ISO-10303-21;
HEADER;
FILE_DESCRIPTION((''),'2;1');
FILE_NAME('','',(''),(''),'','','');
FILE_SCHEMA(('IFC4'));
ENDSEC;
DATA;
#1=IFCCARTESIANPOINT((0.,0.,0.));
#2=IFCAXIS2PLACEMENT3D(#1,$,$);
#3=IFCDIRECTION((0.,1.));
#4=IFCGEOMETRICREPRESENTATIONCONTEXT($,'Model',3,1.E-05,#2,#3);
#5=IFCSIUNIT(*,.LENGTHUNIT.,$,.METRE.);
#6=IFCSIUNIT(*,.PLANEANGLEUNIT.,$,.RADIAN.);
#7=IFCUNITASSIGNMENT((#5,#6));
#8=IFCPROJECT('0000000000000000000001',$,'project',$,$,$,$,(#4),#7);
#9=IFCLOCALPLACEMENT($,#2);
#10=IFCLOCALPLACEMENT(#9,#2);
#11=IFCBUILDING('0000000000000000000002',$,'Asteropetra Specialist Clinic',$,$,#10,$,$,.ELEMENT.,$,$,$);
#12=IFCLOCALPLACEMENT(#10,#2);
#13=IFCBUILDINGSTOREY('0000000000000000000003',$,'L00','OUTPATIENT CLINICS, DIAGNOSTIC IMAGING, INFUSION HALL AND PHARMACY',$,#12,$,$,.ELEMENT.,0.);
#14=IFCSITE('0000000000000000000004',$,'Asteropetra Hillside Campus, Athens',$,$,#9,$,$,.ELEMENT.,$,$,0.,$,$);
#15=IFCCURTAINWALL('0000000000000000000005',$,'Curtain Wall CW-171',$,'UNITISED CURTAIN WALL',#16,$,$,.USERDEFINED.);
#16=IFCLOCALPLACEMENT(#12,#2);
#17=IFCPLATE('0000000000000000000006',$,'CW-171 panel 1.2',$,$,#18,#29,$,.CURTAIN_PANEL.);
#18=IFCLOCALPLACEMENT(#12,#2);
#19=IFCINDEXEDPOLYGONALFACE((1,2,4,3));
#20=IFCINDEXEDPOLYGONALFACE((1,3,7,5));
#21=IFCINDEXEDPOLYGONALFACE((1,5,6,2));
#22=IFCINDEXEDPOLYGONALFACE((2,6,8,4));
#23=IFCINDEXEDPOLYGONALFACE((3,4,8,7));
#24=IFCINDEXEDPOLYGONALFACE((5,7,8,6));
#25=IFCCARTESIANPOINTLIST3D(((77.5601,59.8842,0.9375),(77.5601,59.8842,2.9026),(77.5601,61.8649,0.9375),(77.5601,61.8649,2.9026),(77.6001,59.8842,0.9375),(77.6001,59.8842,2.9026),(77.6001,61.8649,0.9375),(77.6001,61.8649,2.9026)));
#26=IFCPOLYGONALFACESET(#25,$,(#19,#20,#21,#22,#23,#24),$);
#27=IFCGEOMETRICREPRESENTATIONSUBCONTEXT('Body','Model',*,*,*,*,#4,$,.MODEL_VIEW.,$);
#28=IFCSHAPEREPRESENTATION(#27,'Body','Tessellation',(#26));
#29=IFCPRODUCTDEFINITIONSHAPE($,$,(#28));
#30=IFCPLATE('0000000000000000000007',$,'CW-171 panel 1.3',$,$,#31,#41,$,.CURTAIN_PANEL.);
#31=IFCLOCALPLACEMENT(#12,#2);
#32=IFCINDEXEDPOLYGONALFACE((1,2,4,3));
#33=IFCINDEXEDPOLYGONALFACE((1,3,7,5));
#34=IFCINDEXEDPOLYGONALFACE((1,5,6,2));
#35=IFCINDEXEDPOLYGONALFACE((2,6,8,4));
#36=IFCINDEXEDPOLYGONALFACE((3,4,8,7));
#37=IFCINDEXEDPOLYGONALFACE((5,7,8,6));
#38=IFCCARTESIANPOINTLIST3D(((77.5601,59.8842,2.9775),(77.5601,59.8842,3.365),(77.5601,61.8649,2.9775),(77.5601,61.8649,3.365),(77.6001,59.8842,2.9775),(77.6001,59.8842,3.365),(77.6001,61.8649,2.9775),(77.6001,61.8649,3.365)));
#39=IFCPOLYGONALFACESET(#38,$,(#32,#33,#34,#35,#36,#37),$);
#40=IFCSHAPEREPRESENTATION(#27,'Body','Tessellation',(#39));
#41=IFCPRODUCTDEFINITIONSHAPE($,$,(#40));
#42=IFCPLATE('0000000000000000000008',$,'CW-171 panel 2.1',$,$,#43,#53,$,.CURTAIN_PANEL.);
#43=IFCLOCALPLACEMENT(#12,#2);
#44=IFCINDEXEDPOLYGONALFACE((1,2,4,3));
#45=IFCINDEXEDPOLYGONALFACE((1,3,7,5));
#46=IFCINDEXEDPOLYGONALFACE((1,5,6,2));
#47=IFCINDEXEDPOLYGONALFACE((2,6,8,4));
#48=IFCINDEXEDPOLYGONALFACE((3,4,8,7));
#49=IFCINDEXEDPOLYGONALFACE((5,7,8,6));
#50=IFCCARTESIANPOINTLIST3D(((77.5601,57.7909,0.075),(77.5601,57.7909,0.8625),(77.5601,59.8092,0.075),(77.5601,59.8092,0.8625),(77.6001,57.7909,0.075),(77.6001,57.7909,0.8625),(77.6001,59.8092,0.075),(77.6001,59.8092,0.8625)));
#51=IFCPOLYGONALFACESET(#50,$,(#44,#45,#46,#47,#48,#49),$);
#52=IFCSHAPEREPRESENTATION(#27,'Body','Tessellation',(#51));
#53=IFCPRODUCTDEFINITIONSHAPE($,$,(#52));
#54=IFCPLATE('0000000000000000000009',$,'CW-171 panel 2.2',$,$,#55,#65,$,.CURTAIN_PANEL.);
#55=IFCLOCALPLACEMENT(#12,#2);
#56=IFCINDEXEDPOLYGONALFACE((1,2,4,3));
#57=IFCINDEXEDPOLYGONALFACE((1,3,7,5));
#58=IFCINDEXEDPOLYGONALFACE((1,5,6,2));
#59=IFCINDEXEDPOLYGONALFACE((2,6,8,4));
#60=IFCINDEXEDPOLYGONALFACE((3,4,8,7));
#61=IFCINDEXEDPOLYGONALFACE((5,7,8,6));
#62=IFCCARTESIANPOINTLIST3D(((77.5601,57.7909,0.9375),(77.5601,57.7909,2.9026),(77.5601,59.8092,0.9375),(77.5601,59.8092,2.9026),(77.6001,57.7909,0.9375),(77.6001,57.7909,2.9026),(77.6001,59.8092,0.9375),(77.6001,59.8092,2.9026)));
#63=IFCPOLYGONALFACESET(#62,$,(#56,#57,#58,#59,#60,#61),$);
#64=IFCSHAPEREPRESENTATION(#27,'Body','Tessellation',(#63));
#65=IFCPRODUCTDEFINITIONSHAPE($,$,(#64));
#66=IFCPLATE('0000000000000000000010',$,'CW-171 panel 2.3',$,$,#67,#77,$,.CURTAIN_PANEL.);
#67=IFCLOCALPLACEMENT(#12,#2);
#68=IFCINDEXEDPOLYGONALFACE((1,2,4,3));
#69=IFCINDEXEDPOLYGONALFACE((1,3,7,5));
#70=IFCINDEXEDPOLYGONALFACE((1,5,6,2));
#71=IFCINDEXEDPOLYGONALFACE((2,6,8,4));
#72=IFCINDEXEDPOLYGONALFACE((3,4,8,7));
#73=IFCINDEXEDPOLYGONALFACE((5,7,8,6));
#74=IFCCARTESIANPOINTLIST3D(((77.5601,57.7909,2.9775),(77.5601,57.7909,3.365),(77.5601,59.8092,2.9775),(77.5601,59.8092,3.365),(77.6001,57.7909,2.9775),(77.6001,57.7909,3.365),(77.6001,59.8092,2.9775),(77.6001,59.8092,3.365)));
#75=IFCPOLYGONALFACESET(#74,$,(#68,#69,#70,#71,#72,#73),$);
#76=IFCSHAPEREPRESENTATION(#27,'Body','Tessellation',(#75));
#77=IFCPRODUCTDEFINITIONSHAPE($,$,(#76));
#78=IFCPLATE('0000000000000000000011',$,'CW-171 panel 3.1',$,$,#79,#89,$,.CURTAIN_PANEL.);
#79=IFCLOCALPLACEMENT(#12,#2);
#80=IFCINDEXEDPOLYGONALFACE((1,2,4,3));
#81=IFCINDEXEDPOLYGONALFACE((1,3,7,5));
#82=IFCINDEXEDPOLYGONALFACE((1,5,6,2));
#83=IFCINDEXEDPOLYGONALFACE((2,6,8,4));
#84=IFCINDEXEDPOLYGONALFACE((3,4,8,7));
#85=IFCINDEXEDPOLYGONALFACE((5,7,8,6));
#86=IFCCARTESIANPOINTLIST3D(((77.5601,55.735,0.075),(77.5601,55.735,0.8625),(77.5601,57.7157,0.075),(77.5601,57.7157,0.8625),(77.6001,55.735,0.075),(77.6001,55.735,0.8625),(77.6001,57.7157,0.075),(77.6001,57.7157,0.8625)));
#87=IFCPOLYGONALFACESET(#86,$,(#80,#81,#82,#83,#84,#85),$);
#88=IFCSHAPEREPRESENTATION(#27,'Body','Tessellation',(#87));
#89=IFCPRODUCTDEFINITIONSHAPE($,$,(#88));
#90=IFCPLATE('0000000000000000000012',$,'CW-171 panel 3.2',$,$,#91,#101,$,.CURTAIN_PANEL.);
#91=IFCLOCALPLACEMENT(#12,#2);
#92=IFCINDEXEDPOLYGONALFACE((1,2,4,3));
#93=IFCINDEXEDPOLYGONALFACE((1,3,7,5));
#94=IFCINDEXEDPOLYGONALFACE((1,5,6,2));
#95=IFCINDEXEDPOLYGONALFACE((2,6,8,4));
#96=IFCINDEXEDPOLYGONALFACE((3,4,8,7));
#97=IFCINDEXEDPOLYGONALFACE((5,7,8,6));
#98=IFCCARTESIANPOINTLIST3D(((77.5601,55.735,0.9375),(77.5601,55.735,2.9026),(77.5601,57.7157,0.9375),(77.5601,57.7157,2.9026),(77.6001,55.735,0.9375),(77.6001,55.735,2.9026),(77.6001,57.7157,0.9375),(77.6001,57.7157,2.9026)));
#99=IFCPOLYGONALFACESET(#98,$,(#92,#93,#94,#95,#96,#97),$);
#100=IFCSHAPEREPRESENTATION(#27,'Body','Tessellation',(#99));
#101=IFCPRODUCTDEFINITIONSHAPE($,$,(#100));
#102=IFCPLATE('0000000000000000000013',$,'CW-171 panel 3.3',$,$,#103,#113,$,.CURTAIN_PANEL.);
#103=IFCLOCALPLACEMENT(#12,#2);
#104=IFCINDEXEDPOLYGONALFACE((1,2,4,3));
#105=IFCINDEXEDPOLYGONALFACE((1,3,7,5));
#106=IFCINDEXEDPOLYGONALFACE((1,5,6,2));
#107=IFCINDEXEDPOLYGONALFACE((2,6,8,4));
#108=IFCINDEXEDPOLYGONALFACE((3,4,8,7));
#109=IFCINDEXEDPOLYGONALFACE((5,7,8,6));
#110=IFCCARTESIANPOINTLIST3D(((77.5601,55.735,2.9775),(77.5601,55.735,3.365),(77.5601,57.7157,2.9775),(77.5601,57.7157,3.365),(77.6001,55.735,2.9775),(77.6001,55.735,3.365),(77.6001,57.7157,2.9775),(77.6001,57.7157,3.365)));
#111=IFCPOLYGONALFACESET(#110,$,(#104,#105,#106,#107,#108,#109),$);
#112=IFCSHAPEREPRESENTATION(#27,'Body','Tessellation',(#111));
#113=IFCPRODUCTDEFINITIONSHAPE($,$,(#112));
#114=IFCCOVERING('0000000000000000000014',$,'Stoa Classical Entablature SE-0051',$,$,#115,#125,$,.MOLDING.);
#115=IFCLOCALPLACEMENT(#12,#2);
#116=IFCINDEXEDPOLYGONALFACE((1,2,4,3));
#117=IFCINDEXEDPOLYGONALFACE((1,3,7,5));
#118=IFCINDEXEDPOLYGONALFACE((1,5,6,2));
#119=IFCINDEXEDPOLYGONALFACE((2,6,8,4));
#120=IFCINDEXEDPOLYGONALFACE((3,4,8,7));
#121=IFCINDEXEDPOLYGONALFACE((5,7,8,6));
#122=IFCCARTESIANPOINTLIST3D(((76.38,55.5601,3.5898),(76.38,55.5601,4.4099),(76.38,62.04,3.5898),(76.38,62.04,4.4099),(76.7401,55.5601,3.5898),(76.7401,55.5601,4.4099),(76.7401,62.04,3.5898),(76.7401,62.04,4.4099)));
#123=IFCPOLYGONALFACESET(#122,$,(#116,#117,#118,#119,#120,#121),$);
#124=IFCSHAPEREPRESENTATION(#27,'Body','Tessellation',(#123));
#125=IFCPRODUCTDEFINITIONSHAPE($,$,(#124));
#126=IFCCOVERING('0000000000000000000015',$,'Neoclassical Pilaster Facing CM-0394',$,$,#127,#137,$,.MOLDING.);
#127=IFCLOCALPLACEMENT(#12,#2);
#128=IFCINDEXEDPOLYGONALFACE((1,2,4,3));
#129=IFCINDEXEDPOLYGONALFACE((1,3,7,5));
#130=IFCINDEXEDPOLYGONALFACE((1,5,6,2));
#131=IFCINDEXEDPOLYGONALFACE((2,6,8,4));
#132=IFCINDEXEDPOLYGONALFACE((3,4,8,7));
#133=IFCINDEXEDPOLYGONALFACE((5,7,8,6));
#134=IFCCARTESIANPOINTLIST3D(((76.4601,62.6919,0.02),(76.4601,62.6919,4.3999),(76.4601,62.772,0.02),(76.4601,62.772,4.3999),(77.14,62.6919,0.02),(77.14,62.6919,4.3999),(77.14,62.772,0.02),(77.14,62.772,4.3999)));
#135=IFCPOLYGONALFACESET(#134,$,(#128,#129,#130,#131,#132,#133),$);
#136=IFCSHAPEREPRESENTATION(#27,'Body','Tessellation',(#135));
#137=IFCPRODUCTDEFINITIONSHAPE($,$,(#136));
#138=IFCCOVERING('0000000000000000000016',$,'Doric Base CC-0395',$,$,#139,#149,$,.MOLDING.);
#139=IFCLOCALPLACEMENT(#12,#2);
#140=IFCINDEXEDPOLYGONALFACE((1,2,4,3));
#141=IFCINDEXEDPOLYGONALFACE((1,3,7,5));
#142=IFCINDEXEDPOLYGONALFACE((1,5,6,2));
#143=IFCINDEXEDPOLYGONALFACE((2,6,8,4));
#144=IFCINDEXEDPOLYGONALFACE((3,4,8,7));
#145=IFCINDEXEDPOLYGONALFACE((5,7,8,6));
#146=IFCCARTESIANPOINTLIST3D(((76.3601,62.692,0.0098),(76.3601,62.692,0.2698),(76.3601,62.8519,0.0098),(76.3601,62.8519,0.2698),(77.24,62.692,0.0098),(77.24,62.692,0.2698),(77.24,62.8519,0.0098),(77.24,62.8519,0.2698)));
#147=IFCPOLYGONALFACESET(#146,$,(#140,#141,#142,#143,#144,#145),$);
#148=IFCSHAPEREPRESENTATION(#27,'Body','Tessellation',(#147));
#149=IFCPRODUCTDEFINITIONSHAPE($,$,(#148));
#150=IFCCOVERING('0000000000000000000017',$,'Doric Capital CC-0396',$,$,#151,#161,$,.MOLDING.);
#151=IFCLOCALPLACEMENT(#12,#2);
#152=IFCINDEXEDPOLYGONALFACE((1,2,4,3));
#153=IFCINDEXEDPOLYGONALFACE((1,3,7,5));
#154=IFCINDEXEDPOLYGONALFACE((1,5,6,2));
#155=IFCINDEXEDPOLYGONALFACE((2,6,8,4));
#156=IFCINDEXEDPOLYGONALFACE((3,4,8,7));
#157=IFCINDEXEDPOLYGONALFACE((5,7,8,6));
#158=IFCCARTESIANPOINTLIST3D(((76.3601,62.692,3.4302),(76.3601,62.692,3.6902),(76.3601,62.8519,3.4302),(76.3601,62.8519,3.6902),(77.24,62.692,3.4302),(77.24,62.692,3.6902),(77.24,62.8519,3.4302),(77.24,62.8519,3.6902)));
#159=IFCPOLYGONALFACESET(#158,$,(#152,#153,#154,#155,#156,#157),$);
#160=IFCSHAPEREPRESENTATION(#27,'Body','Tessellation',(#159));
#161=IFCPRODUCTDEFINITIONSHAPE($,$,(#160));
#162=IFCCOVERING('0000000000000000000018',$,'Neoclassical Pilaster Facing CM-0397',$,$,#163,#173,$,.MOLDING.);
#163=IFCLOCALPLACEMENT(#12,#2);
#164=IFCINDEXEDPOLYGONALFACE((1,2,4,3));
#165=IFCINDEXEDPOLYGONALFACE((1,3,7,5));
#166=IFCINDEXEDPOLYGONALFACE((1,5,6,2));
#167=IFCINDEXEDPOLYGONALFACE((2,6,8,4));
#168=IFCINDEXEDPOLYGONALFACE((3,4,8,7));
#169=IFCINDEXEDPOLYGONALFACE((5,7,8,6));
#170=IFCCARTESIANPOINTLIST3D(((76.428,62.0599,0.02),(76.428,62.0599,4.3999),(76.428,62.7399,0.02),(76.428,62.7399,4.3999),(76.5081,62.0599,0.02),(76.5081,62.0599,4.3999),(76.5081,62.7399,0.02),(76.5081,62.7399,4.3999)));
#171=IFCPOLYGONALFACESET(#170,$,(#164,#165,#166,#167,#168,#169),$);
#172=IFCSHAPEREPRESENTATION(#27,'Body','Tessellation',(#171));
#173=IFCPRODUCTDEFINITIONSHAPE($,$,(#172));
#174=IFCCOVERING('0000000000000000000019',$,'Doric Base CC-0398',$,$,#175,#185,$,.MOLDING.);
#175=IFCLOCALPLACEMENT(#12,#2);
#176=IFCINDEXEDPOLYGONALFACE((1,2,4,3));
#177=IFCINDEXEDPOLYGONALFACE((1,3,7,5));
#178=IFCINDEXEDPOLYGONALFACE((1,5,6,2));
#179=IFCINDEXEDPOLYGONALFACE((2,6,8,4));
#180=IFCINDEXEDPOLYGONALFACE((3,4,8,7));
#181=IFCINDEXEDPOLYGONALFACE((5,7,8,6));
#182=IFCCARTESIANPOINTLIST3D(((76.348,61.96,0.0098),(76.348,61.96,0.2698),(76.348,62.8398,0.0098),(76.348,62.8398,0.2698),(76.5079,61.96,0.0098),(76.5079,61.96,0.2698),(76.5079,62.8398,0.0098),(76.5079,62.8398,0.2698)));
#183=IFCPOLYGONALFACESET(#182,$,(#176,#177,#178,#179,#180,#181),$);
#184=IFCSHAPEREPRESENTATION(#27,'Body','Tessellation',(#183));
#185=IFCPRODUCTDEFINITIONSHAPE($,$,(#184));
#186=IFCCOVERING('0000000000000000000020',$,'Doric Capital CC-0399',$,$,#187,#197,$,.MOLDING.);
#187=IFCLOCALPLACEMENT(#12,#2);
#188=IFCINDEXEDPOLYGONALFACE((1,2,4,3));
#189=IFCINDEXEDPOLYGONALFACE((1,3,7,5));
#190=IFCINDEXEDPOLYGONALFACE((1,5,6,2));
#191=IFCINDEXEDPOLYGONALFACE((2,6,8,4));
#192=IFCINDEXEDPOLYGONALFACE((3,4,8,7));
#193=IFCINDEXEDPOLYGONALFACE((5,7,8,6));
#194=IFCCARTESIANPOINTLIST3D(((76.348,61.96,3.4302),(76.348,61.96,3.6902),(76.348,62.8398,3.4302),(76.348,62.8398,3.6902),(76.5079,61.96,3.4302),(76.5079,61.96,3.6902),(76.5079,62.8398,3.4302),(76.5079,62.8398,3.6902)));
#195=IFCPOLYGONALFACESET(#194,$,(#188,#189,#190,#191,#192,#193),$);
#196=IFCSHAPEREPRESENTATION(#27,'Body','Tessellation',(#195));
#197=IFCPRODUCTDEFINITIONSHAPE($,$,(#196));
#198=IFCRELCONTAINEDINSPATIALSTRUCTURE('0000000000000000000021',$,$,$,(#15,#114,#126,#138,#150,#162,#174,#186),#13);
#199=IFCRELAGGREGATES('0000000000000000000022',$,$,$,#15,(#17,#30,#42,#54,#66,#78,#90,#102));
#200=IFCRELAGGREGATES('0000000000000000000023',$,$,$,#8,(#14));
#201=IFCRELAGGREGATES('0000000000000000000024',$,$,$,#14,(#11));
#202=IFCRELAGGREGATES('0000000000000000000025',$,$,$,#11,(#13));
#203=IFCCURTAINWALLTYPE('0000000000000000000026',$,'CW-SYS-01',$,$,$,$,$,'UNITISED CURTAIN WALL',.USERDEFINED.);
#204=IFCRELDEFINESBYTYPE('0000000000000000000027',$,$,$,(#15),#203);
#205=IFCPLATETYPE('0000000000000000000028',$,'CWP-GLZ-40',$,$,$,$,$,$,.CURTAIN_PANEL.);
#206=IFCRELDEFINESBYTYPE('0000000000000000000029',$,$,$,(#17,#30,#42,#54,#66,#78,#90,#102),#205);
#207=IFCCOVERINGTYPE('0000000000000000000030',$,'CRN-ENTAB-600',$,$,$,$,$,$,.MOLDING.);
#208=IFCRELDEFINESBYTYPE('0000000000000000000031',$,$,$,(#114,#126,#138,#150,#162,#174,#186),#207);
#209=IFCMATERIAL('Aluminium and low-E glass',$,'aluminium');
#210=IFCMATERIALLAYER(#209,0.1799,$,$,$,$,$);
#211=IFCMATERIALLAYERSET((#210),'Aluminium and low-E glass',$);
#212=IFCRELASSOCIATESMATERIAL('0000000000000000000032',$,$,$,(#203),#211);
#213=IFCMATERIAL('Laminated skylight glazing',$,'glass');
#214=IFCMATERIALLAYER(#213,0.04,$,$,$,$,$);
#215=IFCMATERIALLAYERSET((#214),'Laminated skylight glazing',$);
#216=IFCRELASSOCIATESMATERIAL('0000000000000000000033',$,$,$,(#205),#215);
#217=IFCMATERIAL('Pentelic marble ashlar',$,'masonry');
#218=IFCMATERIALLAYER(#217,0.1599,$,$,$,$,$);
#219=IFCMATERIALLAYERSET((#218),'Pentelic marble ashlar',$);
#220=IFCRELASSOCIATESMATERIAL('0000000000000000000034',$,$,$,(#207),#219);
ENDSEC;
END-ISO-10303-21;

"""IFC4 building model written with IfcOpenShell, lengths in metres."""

from ifc_helpers import new_model, si_unit, direction, frame, origin, origin_2d, place, context, subcontext, project, spatial, rectangle, extrude, material, layer, layer_set, type_object, element, aggregate, save


model = new_model("IFC4")

# Units and contexts
model_context = context("Model", 3, precision=1e-05, world=origin(), true_north=direction((0.0, 1.0)))
body_context = subcontext(model_context, "Body", "Model", "MODEL_VIEW")
ifc_project = project(units=[si_unit("LENGTHUNIT", "METRE"), si_unit("PLANEANGLEUNIT", "RADIAN")], contexts=[model_context])

# Site, building, storey
site_placement = place(None, origin())
site = spatial("IfcSite", under=ifc_project, at=site_placement, Name="Asteropetra Hillside Campus, Athens", CompositionType="ELEMENT", RefElevation=0.0)
building_placement = place(site_placement, origin())
building = spatial("IfcBuilding", under=site, at=building_placement, Name="Asteropetra Specialist Clinic", CompositionType="ELEMENT")
storey_placement = place(building_placement, origin())
storey = spatial("IfcBuildingStorey", under=building, at=storey_placement, Name="L00", Description="OUTPATIENT CLINICS, DIAGNOSTIC IMAGING, INFUSION HALL AND PHARMACY", CompositionType="ELEMENT", Elevation=0.0)

# Curtain wall
ifc_material_1 = material(Name="Aluminium and low-E glass", Category="aluminium")
ifc_layer_1 = layer(ifc_material_1, 0.1799)
ifc_layer_set_1 = layer_set([ifc_layer_1], Name="Aluminium and low-E glass")
curtain_wall_type_1 = type_object("IfcCurtainWallType", Name="CW-SYS-01", ElementType="UNITISED CURTAIN WALL", PredefinedType="USERDEFINED", material=ifc_layer_set_1)
curtain_wall_1_placement = place(storey_placement, origin())
curtain_wall_1 = element("IfcCurtainWall", 1, at=curtain_wall_1_placement, inside=storey, type_object=curtain_wall_type_1, Name="Curtain Wall CW-171", ObjectType="UNITISED CURTAIN WALL", PredefinedType="USERDEFINED")

# Plates
ifc_material_2 = material(Name="Laminated skylight glazing", Category="glass")
ifc_layer_2 = layer(ifc_material_2, 0.04)
ifc_layer_set_2 = layer_set([ifc_layer_2], Name="Laminated skylight glazing")
plate_type_1 = type_object("IfcPlateType", Name="CWP-GLZ-40", PredefinedType="CURTAIN_PANEL", material=ifc_layer_set_2)
plate_1_placement = place(storey_placement, frame((77.5801, 60.8745, 0.9375), z_axis=(0.0, 0.0, 1.0), x_axis=(0.0, -1.0, 0.0)))
plate_1 = element("IfcPlate", 2, at=plate_1_placement, type_object=plate_type_1, Name="CW-171 panel 1.2", PredefinedType="CURTAIN_PANEL", context=body_context, shape_type="SweptSolid", body=[
    extrude(rectangle(XDim=1.9807, YDim=0.04, at=origin_2d()), origin(), (0.0, 0.0, 1.0), 1.9651),
])
plate_2_placement = place(storey_placement, frame((77.5801, 60.8745, 2.9775), z_axis=(0.0, 0.0, 1.0), x_axis=(0.0, -1.0, 0.0)))
plate_2 = element("IfcPlate", 3, at=plate_2_placement, type_object=plate_type_1, Name="CW-171 panel 1.3", PredefinedType="CURTAIN_PANEL", context=body_context, shape_type="SweptSolid", body=[
    extrude(rectangle(XDim=1.9807, YDim=0.04, at=origin_2d()), origin(), (0.0, 0.0, 1.0), 0.3875),
])
plate_3_placement = place(storey_placement, frame((77.5801, 58.8, 0.075), z_axis=(0.0, 0.0, 1.0), x_axis=(0.0, -1.0, 0.0)))
plate_3 = element("IfcPlate", 4, at=plate_3_placement, type_object=plate_type_1, Name="CW-171 panel 2.1", PredefinedType="CURTAIN_PANEL", context=body_context, shape_type="SweptSolid", body=[
    extrude(rectangle(XDim=2.0183, YDim=0.04, at=origin_2d()), origin(), (0.0, 0.0, 1.0), 0.7876),
])
plate_4_placement = place(storey_placement, frame((77.5801, 58.8, 0.9375), z_axis=(0.0, 0.0, 1.0), x_axis=(0.0, -1.0, 0.0)))
plate_4 = element("IfcPlate", 5, at=plate_4_placement, type_object=plate_type_1, Name="CW-171 panel 2.2", PredefinedType="CURTAIN_PANEL", context=body_context, shape_type="SweptSolid", body=[
    extrude(rectangle(XDim=2.0183, YDim=0.04, at=origin_2d()), origin(), (0.0, 0.0, 1.0), 1.9651),
])
plate_5_placement = place(storey_placement, frame((77.5801, 58.8, 2.9775), z_axis=(0.0, 0.0, 1.0), x_axis=(0.0, -1.0, 0.0)))
plate_5 = element("IfcPlate", 6, at=plate_5_placement, type_object=plate_type_1, Name="CW-171 panel 2.3", PredefinedType="CURTAIN_PANEL", context=body_context, shape_type="SweptSolid", body=[
    extrude(rectangle(XDim=2.0183, YDim=0.04, at=origin_2d()), origin(), (0.0, 0.0, 1.0), 0.3875),
])
plate_6_placement = place(storey_placement, frame((77.5801, 56.7253, 0.075), z_axis=(0.0, 0.0, 1.0), x_axis=(0.0, -1.0, 0.0)))
plate_6 = element("IfcPlate", 7, at=plate_6_placement, type_object=plate_type_1, Name="CW-171 panel 3.1", PredefinedType="CURTAIN_PANEL", context=body_context, shape_type="SweptSolid", body=[
    extrude(rectangle(XDim=1.9807, YDim=0.04, at=origin_2d()), origin(), (0.0, 0.0, 1.0), 0.7876),
])
plate_7_placement = place(storey_placement, frame((77.5801, 56.7253, 0.9375), z_axis=(0.0, 0.0, 1.0), x_axis=(0.0, -1.0, 0.0)))
plate_7 = element("IfcPlate", 8, at=plate_7_placement, type_object=plate_type_1, Name="CW-171 panel 3.2", PredefinedType="CURTAIN_PANEL", context=body_context, shape_type="SweptSolid", body=[
    extrude(rectangle(XDim=1.9807, YDim=0.04, at=origin_2d()), origin(), (0.0, 0.0, 1.0), 1.9651),
])
plate_8_placement = place(storey_placement, frame((77.5801, 56.7253, 2.9775), z_axis=(0.0, 0.0, 1.0), x_axis=(0.0, -1.0, 0.0)))
plate_8 = element("IfcPlate", 9, at=plate_8_placement, type_object=plate_type_1, Name="CW-171 panel 3.3", PredefinedType="CURTAIN_PANEL", context=body_context, shape_type="SweptSolid", body=[
    extrude(rectangle(XDim=1.9807, YDim=0.04, at=origin_2d()), origin(), (0.0, 0.0, 1.0), 0.3875),
])
aggregate(curtain_wall_1, [plate_1, plate_2, plate_3, plate_4, plate_5, plate_6, plate_7, plate_8])

# Coverings
ifc_material_3 = material(Name="Pentelic marble ashlar", Category="masonry")
ifc_layer_3 = layer(ifc_material_3, 0.1599)
ifc_layer_set_3 = layer_set([ifc_layer_3], Name="Pentelic marble ashlar")
covering_type = type_object("IfcCoveringType", Name="CRN-ENTAB-600", PredefinedType="MOLDING", material=ifc_layer_set_3)
covering_1_placement = place(storey_placement, frame((76.5601, 58.8, 3.5898), z_axis=(0.0, 0.0, 1.0), x_axis=(1.0, 0.0, 0.0)))
element("IfcCovering", 10, at=covering_1_placement, inside=storey, type_object=covering_type, Name="Stoa Classical Entablature SE-0051", PredefinedType="MOLDING", context=body_context, shape_type="SweptSolid", body=[
    extrude(rectangle(XDim=0.3601, YDim=6.48, at=origin_2d()), origin(), (0.0, 0.0, 1.0), 0.8201),
])
covering_2_placement = place(storey_placement, frame((76.8, 62.7319, 0.02), z_axis=(0.0, 0.0, 1.0), x_axis=(1.0, 0.0, 0.0)))
element("IfcCovering", 11, at=covering_2_placement, inside=storey, type_object=covering_type, Name="Neoclassical Pilaster Facing CM-0394", PredefinedType="MOLDING", context=body_context, shape_type="SweptSolid", body=[
    extrude(rectangle(XDim=0.6799, YDim=0.0801, at=origin_2d()), origin(), (0.0, 0.0, 1.0), 4.3799),
])
for number, where, z_axis, x_axis, name in (
    (12, (76.8, 62.772, 0.0098), (0.0, 0.0, 1.0), (1.0, 0.0, 0.0), "Doric Base CC-0395"),
    (13, (76.8, 62.772, 3.4302), (0.0, 0.0, 1.0), (1.0, 0.0, 0.0), "Doric Capital CC-0396"),
):
    element("IfcCovering", number, at=place(storey_placement, frame(where, z_axis=z_axis, x_axis=x_axis)), inside=storey, type_object=covering_type, Name=name, PredefinedType="MOLDING", context=body_context, shape_type="SweptSolid", body=[
        extrude(rectangle(XDim=0.8799, YDim=0.1599, at=origin_2d()), origin(), (0.0, 0.0, 1.0), 0.26),
    ])
covering_3_placement = place(storey_placement, frame((76.468, 62.3999, 0.02), z_axis=(0.0, 0.0, 1.0), x_axis=(1.0, 0.0, 0.0)))
element("IfcCovering", 14, at=covering_3_placement, inside=storey, type_object=covering_type, Name="Neoclassical Pilaster Facing CM-0397", PredefinedType="MOLDING", context=body_context, shape_type="SweptSolid", body=[
    extrude(rectangle(XDim=0.0801, YDim=0.6799, at=origin_2d()), origin(), (0.0, 0.0, 1.0), 4.3799),
])
for number, where, z_axis, x_axis, name in (
    (15, (76.428, 62.3999, 0.0098), (0.0, 0.0, 1.0), (1.0, 0.0, 0.0), "Doric Base CC-0398"),
    (16, (76.428, 62.3999, 3.4302), (0.0, 0.0, 1.0), (1.0, 0.0, 0.0), "Doric Capital CC-0399"),
):
    element("IfcCovering", number, at=place(storey_placement, frame(where, z_axis=z_axis, x_axis=x_axis)), inside=storey, type_object=covering_type, Name=name, PredefinedType="MOLDING", context=body_context, shape_type="SweptSolid", body=[
        extrude(rectangle(XDim=0.1599, YDim=0.8799, at=origin_2d()), origin(), (0.0, 0.0, 1.0), 0.26),
    ])

save(model, "model.ifc")
